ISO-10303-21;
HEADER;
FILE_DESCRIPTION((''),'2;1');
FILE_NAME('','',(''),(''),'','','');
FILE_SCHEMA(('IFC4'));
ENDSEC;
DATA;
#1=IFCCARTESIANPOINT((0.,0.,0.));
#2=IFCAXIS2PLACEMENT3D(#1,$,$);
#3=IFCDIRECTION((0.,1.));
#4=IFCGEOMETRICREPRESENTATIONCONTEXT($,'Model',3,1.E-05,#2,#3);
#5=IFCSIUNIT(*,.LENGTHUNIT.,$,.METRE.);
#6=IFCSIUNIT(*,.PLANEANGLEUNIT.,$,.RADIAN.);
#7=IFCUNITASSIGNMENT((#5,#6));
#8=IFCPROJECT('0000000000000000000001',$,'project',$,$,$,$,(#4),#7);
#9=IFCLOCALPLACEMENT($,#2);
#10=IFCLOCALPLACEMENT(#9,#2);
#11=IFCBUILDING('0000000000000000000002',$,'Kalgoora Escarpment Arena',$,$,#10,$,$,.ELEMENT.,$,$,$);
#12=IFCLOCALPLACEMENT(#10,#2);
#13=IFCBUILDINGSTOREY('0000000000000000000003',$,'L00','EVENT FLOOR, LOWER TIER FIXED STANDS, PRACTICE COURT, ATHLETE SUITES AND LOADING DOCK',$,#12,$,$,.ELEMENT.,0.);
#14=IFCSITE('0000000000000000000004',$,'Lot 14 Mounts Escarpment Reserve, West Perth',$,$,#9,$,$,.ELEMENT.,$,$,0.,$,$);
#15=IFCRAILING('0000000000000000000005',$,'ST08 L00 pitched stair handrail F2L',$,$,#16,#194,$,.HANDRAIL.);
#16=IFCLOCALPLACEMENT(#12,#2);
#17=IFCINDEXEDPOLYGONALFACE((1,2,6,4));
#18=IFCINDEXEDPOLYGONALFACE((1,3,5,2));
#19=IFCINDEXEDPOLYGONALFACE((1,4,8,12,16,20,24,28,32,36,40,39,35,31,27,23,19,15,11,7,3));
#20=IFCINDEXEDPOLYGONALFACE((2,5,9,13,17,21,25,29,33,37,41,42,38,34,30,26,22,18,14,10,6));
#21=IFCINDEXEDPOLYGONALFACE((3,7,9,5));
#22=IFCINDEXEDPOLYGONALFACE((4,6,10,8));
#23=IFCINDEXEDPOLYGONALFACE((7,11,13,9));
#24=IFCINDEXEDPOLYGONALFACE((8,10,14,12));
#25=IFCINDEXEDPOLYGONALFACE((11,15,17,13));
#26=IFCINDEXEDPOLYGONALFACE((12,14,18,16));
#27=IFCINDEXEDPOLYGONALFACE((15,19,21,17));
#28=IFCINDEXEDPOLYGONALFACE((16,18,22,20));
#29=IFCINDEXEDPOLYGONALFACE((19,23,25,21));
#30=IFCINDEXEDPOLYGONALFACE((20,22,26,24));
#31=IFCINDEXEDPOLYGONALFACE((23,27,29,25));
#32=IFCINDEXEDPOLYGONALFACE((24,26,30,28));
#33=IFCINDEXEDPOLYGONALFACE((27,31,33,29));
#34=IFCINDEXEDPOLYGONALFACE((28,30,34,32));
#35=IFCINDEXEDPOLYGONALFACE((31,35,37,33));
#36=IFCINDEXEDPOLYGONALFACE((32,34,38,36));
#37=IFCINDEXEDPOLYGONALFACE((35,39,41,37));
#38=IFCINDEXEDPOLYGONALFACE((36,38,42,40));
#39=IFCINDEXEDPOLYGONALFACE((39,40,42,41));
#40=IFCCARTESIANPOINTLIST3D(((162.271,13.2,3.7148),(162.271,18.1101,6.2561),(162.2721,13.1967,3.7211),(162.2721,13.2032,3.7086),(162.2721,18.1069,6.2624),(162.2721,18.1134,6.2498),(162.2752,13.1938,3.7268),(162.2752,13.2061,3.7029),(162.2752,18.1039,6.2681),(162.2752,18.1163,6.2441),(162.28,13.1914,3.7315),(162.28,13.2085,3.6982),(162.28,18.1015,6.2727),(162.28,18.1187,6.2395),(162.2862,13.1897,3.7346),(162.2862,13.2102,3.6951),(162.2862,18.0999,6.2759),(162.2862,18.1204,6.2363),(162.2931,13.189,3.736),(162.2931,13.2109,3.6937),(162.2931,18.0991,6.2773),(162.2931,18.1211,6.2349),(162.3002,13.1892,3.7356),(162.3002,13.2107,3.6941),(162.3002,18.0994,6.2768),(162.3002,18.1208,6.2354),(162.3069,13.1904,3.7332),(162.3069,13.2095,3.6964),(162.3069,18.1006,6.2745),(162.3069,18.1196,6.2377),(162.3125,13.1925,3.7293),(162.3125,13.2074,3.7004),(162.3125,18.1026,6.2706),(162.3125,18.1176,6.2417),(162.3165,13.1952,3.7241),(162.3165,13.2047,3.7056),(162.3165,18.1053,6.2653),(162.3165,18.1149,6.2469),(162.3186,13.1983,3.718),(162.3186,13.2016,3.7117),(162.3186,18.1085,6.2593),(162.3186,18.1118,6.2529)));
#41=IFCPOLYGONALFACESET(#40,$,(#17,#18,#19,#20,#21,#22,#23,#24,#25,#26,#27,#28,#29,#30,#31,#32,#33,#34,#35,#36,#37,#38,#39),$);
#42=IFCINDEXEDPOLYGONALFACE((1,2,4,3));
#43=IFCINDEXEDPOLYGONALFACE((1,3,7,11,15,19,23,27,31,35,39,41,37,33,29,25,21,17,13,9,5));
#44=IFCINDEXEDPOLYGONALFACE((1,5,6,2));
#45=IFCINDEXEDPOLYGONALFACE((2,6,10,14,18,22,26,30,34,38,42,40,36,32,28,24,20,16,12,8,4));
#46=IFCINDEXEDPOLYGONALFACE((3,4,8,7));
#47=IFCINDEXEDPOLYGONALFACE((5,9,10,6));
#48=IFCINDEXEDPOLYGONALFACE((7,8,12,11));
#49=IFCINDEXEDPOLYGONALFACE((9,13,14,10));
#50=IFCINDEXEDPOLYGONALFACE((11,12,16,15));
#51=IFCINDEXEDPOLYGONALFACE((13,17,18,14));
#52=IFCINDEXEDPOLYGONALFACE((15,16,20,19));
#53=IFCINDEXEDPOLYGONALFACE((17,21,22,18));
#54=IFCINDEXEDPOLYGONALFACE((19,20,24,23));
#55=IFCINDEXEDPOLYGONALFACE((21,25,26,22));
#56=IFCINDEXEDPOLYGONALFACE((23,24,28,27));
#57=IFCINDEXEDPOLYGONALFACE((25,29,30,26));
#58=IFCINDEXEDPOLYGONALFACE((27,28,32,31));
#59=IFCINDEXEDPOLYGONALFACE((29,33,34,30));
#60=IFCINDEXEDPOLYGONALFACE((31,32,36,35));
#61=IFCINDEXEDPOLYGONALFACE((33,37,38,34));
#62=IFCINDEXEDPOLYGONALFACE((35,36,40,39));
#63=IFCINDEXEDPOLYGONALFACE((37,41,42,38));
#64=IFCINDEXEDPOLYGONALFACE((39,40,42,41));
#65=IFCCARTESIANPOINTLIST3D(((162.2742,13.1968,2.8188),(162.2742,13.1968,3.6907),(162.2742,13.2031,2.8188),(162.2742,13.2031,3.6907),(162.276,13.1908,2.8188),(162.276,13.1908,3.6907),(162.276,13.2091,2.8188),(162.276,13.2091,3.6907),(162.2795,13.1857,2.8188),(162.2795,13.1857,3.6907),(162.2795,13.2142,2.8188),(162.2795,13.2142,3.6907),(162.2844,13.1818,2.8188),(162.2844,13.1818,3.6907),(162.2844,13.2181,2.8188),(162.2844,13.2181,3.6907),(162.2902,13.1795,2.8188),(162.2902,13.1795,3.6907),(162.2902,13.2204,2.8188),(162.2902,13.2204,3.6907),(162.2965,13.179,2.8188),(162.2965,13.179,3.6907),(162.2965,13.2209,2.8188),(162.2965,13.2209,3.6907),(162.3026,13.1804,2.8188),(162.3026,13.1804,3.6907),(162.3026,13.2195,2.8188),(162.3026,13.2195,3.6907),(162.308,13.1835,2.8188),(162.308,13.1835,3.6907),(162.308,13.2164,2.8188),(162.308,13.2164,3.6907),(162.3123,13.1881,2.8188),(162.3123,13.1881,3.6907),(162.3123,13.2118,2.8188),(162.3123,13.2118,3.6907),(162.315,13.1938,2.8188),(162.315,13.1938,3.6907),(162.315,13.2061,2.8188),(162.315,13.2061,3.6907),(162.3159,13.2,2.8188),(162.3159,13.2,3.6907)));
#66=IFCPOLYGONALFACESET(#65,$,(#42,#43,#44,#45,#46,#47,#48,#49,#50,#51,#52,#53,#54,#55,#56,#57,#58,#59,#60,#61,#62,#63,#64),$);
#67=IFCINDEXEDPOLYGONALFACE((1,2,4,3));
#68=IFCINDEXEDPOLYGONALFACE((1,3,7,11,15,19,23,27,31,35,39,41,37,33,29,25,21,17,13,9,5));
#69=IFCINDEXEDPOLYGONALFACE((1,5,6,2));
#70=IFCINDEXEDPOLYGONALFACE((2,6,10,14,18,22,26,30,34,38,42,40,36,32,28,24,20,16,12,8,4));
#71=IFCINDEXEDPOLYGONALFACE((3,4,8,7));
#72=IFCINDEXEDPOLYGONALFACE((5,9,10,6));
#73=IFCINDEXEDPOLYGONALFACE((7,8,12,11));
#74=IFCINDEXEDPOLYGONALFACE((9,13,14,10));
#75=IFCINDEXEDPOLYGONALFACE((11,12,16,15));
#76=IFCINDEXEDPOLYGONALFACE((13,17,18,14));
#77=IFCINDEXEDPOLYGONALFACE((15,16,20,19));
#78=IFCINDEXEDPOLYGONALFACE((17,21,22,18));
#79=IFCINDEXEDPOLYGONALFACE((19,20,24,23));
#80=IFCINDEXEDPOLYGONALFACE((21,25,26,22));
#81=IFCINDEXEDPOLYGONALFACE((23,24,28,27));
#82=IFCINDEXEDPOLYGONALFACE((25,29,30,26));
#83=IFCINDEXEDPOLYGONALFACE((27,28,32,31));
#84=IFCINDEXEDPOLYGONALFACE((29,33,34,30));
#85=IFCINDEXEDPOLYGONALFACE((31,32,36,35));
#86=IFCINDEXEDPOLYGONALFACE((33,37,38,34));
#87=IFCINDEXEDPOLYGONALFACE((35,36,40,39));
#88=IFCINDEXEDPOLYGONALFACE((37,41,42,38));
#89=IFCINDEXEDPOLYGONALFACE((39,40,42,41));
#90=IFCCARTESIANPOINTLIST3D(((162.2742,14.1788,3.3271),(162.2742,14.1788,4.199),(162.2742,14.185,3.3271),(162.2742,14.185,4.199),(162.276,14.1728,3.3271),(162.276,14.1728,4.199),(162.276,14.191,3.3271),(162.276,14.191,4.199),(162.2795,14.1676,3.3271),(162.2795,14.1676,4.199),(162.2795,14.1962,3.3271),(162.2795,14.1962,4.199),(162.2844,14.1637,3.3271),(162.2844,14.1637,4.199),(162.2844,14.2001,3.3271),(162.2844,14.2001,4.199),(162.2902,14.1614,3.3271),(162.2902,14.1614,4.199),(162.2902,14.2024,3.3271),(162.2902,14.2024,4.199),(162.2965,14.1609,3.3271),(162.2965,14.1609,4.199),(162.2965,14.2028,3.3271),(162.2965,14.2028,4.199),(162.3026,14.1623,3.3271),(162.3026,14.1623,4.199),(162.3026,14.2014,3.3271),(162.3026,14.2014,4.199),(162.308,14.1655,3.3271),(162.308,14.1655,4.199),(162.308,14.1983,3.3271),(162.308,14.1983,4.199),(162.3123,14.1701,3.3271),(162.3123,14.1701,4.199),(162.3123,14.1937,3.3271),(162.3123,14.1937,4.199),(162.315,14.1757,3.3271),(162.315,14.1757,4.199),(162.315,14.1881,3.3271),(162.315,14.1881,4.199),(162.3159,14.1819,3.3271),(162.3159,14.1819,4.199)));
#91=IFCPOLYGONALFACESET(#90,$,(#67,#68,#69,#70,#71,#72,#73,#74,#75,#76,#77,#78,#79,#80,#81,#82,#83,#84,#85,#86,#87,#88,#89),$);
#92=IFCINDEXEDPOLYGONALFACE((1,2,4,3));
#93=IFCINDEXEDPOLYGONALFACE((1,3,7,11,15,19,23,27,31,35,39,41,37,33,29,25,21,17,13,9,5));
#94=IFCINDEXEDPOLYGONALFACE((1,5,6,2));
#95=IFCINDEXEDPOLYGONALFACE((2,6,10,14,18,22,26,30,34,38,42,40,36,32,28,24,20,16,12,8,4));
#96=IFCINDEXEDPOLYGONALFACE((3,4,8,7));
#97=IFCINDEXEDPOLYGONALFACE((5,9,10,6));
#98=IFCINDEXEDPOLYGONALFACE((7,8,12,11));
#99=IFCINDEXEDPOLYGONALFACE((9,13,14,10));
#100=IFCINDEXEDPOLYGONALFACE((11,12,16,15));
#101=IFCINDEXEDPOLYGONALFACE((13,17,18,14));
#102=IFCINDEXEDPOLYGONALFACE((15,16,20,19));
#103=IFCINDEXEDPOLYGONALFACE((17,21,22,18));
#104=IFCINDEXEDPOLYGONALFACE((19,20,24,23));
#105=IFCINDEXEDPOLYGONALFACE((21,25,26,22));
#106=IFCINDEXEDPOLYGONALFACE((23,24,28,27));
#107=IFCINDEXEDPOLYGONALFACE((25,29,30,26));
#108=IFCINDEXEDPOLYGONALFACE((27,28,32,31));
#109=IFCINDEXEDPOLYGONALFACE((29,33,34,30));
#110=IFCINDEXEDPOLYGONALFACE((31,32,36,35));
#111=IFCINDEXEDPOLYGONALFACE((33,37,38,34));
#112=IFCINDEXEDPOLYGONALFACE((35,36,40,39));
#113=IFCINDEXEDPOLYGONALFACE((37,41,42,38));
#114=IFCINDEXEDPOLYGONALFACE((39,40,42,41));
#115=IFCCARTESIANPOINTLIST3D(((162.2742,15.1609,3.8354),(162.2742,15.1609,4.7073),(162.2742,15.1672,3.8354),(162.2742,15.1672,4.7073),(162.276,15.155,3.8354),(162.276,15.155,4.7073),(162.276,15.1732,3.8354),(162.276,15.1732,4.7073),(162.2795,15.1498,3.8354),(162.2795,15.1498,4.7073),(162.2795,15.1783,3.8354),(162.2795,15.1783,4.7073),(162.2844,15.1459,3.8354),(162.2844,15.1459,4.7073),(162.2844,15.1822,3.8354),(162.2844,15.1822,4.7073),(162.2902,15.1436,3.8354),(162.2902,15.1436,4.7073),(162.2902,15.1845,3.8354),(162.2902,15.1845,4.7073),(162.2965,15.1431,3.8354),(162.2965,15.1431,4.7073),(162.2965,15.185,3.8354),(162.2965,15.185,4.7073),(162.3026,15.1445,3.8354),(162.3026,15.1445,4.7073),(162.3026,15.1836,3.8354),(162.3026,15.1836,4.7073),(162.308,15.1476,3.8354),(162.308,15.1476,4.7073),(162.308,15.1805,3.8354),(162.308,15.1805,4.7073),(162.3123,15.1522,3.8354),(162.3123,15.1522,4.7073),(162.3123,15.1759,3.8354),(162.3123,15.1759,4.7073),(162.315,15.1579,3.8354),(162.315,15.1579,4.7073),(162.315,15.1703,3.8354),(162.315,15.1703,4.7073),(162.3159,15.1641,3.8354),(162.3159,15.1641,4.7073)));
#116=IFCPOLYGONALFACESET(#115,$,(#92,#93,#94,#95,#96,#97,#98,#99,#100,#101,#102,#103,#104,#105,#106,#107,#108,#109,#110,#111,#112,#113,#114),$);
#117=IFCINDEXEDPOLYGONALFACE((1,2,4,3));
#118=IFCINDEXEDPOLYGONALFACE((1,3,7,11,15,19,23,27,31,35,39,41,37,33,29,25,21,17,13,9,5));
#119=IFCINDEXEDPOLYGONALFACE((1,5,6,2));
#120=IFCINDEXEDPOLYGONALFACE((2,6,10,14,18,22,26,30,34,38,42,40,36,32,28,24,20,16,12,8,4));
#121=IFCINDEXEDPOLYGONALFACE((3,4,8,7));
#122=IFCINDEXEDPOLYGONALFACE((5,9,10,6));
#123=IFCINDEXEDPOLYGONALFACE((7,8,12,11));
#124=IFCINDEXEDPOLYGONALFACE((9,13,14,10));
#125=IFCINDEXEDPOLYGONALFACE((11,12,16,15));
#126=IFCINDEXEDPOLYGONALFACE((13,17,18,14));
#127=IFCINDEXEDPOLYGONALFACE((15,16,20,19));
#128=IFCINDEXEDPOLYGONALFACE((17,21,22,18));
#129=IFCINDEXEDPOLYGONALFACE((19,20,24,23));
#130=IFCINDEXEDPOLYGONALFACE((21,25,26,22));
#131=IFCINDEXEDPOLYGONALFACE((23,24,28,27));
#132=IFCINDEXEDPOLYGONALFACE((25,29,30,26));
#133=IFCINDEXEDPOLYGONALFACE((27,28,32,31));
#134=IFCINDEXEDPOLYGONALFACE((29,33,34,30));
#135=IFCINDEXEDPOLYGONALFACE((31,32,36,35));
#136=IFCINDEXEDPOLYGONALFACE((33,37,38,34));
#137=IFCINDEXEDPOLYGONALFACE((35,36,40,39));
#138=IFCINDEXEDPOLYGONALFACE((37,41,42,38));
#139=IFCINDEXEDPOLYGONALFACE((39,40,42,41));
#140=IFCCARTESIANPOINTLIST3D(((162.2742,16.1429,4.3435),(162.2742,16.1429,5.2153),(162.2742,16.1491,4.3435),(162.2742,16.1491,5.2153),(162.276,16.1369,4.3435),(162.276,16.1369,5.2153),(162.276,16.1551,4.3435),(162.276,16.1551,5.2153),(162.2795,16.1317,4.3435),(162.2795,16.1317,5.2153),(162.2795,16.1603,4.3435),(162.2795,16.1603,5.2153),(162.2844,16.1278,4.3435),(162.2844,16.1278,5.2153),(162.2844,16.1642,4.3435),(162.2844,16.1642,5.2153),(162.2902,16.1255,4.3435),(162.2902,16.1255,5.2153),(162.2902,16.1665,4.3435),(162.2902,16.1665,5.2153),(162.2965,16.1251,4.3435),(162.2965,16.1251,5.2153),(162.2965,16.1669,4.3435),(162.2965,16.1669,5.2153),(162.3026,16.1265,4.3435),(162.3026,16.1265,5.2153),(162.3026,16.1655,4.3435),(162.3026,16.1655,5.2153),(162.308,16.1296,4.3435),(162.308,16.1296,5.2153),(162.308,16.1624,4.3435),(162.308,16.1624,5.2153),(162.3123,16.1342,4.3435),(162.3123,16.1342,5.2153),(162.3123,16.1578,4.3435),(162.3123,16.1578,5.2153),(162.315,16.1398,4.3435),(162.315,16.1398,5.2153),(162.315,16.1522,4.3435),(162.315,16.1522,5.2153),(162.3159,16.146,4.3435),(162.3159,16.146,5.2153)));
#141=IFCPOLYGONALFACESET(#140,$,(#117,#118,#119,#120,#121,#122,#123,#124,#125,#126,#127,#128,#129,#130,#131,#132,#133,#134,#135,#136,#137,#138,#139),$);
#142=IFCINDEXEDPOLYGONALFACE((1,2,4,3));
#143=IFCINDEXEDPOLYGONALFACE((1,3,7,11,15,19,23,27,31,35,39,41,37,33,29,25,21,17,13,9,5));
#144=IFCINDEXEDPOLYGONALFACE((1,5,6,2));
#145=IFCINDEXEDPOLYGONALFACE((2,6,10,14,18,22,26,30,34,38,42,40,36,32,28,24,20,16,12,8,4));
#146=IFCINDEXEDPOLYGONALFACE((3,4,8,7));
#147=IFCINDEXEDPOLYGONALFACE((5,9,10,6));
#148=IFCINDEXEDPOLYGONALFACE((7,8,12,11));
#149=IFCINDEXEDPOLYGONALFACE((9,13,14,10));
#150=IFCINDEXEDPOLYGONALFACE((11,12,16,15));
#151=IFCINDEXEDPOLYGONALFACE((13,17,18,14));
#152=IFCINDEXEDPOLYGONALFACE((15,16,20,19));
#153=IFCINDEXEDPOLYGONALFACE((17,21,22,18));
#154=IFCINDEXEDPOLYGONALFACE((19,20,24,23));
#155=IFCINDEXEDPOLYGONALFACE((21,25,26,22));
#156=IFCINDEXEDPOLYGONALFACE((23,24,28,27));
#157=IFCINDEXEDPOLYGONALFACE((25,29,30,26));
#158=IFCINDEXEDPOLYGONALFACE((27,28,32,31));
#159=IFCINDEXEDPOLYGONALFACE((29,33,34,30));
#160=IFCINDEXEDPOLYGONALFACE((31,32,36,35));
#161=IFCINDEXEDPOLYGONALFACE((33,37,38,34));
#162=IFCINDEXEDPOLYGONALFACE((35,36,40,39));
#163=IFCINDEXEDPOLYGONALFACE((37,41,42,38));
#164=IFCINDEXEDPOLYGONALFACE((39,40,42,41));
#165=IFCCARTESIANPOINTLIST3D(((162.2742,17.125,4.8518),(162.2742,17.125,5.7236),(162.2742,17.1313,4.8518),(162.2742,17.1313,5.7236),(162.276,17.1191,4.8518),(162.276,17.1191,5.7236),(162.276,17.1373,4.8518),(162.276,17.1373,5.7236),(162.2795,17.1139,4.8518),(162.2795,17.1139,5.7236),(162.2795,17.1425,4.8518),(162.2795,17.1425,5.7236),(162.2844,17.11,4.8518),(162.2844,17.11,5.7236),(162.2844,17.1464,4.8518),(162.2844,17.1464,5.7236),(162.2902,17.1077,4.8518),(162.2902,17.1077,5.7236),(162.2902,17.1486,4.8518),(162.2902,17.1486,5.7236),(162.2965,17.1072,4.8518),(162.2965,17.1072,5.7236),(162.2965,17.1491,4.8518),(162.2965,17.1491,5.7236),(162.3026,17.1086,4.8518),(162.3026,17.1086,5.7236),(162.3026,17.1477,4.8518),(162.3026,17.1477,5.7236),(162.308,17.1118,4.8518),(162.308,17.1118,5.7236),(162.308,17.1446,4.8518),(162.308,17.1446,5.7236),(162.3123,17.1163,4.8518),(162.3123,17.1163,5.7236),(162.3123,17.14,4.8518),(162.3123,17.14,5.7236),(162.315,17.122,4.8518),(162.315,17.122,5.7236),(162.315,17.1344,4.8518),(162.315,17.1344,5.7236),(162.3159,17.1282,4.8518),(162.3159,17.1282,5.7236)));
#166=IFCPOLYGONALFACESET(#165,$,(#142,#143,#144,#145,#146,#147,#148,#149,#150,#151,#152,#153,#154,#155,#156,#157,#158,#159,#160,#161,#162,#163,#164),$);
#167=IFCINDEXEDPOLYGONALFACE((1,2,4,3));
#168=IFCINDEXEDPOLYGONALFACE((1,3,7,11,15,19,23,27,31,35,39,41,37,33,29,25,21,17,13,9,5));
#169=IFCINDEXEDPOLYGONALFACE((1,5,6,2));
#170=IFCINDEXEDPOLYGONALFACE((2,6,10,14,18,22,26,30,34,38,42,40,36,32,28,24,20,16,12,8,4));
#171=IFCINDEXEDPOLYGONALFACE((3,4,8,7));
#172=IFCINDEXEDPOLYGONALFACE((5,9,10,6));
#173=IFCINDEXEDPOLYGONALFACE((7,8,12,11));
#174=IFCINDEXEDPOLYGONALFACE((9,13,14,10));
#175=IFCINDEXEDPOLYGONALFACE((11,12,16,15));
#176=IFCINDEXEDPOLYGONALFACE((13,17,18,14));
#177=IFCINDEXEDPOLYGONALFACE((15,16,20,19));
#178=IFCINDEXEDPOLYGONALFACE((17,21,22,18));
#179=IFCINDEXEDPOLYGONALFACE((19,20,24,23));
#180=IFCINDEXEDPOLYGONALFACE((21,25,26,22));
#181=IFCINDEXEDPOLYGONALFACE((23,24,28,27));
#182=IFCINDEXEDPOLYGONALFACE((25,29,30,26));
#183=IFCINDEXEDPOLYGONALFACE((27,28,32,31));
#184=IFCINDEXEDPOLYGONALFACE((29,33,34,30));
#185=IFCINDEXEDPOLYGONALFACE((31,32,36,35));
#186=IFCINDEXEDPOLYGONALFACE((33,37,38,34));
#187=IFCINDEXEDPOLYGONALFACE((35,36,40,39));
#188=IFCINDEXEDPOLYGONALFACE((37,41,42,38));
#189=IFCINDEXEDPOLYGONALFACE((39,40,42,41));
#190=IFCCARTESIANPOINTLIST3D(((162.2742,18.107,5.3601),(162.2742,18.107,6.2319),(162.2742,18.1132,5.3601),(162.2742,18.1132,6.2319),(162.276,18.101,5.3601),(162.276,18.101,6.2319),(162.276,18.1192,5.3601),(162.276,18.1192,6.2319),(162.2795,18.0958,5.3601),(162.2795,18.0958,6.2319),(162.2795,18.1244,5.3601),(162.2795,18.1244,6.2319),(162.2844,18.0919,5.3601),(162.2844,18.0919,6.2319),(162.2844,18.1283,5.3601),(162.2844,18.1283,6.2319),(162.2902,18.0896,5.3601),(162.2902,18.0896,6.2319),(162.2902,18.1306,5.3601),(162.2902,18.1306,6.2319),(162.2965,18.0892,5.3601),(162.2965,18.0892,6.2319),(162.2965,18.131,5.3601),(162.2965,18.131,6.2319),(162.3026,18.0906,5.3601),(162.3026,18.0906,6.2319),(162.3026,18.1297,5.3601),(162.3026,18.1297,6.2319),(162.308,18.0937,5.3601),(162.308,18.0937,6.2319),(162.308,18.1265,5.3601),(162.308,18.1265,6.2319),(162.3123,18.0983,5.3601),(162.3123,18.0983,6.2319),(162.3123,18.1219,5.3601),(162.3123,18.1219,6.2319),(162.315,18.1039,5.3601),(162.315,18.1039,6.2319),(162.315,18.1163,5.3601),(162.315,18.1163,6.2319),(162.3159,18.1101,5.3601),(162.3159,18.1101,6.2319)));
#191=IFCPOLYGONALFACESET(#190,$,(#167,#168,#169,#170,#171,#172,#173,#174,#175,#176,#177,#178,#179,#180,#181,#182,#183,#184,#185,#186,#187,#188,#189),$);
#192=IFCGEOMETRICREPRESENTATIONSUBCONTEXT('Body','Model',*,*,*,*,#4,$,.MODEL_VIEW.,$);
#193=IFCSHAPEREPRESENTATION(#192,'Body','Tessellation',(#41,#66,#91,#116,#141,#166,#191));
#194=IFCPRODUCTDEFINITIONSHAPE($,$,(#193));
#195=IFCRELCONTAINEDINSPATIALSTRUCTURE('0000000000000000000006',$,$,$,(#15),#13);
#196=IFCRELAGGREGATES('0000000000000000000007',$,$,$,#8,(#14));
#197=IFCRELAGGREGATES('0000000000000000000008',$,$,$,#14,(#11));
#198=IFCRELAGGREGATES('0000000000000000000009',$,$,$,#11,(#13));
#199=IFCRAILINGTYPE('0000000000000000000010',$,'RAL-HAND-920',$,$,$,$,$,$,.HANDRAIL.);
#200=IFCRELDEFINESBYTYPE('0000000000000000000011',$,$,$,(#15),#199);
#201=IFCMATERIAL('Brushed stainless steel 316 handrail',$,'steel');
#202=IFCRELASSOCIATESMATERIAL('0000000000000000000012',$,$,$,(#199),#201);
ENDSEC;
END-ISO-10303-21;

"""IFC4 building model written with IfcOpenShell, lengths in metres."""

from ifc_helpers import new_model, si_unit, direction, frame, origin, origin_2d, place, context, subcontext, project, spatial, circle, extrude, material, type_object, element, save


model = new_model("IFC4")

# Units and contexts
model_context = context("Model", 3, precision=1e-05, world=origin(), true_north=direction((0.0, 1.0)))
body_context = subcontext(model_context, "Body", "Model", "MODEL_VIEW")
ifc_project = project(units=[si_unit("LENGTHUNIT", "METRE"), si_unit("PLANEANGLEUNIT", "RADIAN")], contexts=[model_context])

# Site, building, storey
site_placement = place(None, origin())
site = spatial("IfcSite", under=ifc_project, at=site_placement, Name="Lot 14 Mounts Escarpment Reserve, West Perth", CompositionType="ELEMENT", RefElevation=0.0)
building_placement = place(site_placement, origin())
building = spatial("IfcBuilding", under=site, at=building_placement, Name="Kalgoora Escarpment Arena", CompositionType="ELEMENT")
storey_placement = place(building_placement, origin())
storey = spatial("IfcBuildingStorey", under=building, at=storey_placement, Name="L00", Description="EVENT FLOOR, LOWER TIER FIXED STANDS, PRACTICE COURT, ATHLETE SUITES AND LOADING DOCK", CompositionType="ELEMENT", Elevation=0.0)

# Railing
ifc_material_1 = material(Name="Brushed stainless steel 316 handrail", Category="steel")
railing_type = type_object("IfcRailingType", Name="RAL-HAND-920", PredefinedType="HANDRAIL", material=ifc_material_1)
for number, where, name in (
    (1, (162.2949, 13.2, 2.8188), "ST08 L00 pitched stair handrail F2L"),
):
    element("IfcRailing", number, at=place(storey_placement, frame(where)), inside=storey, type_object=railing_type, Name=name, PredefinedType="HANDRAIL", context=body_context, shape_type="SweptSolid", body=[
        extrude(circle(Radius=0.0239, at=origin_2d()), frame((0.0, 0.0, 0.896), z_axis=(0.0, 0.888105, 0.45964), x_axis=(-1.0, 0.0, 0.0)), (0.0, 0.0, 1.0), 5.5288),
        extrude(circle(Radius=0.021, at=origin_2d()), origin(), (0.0, 0.0, 1.0), 0.8718),
        extrude(circle(Radius=0.021, at=origin_2d()), frame((0.0, 0.9819, 0.5083)), (0.0, 0.0, 1.0), 0.8718),
        extrude(circle(Radius=0.021, at=origin_2d()), frame((0.0, 1.9641, 1.0166)), (0.0, 0.0, 1.0), 0.8718),
        extrude(circle(Radius=0.021, at=origin_2d()), frame((0.0, 2.946, 1.5247)), (0.0, 0.0, 1.0), 0.8718),
        extrude(circle(Radius=0.021, at=origin_2d()), frame((0.0, 3.9282, 2.033)), (0.0, 0.0, 1.0), 0.8718),
        extrude(circle(Radius=0.021, at=origin_2d()), frame((0.0, 4.9102, 2.5413)), (0.0, 0.0, 1.0), 0.8718),
    ])

save(model, "model.ifc")
